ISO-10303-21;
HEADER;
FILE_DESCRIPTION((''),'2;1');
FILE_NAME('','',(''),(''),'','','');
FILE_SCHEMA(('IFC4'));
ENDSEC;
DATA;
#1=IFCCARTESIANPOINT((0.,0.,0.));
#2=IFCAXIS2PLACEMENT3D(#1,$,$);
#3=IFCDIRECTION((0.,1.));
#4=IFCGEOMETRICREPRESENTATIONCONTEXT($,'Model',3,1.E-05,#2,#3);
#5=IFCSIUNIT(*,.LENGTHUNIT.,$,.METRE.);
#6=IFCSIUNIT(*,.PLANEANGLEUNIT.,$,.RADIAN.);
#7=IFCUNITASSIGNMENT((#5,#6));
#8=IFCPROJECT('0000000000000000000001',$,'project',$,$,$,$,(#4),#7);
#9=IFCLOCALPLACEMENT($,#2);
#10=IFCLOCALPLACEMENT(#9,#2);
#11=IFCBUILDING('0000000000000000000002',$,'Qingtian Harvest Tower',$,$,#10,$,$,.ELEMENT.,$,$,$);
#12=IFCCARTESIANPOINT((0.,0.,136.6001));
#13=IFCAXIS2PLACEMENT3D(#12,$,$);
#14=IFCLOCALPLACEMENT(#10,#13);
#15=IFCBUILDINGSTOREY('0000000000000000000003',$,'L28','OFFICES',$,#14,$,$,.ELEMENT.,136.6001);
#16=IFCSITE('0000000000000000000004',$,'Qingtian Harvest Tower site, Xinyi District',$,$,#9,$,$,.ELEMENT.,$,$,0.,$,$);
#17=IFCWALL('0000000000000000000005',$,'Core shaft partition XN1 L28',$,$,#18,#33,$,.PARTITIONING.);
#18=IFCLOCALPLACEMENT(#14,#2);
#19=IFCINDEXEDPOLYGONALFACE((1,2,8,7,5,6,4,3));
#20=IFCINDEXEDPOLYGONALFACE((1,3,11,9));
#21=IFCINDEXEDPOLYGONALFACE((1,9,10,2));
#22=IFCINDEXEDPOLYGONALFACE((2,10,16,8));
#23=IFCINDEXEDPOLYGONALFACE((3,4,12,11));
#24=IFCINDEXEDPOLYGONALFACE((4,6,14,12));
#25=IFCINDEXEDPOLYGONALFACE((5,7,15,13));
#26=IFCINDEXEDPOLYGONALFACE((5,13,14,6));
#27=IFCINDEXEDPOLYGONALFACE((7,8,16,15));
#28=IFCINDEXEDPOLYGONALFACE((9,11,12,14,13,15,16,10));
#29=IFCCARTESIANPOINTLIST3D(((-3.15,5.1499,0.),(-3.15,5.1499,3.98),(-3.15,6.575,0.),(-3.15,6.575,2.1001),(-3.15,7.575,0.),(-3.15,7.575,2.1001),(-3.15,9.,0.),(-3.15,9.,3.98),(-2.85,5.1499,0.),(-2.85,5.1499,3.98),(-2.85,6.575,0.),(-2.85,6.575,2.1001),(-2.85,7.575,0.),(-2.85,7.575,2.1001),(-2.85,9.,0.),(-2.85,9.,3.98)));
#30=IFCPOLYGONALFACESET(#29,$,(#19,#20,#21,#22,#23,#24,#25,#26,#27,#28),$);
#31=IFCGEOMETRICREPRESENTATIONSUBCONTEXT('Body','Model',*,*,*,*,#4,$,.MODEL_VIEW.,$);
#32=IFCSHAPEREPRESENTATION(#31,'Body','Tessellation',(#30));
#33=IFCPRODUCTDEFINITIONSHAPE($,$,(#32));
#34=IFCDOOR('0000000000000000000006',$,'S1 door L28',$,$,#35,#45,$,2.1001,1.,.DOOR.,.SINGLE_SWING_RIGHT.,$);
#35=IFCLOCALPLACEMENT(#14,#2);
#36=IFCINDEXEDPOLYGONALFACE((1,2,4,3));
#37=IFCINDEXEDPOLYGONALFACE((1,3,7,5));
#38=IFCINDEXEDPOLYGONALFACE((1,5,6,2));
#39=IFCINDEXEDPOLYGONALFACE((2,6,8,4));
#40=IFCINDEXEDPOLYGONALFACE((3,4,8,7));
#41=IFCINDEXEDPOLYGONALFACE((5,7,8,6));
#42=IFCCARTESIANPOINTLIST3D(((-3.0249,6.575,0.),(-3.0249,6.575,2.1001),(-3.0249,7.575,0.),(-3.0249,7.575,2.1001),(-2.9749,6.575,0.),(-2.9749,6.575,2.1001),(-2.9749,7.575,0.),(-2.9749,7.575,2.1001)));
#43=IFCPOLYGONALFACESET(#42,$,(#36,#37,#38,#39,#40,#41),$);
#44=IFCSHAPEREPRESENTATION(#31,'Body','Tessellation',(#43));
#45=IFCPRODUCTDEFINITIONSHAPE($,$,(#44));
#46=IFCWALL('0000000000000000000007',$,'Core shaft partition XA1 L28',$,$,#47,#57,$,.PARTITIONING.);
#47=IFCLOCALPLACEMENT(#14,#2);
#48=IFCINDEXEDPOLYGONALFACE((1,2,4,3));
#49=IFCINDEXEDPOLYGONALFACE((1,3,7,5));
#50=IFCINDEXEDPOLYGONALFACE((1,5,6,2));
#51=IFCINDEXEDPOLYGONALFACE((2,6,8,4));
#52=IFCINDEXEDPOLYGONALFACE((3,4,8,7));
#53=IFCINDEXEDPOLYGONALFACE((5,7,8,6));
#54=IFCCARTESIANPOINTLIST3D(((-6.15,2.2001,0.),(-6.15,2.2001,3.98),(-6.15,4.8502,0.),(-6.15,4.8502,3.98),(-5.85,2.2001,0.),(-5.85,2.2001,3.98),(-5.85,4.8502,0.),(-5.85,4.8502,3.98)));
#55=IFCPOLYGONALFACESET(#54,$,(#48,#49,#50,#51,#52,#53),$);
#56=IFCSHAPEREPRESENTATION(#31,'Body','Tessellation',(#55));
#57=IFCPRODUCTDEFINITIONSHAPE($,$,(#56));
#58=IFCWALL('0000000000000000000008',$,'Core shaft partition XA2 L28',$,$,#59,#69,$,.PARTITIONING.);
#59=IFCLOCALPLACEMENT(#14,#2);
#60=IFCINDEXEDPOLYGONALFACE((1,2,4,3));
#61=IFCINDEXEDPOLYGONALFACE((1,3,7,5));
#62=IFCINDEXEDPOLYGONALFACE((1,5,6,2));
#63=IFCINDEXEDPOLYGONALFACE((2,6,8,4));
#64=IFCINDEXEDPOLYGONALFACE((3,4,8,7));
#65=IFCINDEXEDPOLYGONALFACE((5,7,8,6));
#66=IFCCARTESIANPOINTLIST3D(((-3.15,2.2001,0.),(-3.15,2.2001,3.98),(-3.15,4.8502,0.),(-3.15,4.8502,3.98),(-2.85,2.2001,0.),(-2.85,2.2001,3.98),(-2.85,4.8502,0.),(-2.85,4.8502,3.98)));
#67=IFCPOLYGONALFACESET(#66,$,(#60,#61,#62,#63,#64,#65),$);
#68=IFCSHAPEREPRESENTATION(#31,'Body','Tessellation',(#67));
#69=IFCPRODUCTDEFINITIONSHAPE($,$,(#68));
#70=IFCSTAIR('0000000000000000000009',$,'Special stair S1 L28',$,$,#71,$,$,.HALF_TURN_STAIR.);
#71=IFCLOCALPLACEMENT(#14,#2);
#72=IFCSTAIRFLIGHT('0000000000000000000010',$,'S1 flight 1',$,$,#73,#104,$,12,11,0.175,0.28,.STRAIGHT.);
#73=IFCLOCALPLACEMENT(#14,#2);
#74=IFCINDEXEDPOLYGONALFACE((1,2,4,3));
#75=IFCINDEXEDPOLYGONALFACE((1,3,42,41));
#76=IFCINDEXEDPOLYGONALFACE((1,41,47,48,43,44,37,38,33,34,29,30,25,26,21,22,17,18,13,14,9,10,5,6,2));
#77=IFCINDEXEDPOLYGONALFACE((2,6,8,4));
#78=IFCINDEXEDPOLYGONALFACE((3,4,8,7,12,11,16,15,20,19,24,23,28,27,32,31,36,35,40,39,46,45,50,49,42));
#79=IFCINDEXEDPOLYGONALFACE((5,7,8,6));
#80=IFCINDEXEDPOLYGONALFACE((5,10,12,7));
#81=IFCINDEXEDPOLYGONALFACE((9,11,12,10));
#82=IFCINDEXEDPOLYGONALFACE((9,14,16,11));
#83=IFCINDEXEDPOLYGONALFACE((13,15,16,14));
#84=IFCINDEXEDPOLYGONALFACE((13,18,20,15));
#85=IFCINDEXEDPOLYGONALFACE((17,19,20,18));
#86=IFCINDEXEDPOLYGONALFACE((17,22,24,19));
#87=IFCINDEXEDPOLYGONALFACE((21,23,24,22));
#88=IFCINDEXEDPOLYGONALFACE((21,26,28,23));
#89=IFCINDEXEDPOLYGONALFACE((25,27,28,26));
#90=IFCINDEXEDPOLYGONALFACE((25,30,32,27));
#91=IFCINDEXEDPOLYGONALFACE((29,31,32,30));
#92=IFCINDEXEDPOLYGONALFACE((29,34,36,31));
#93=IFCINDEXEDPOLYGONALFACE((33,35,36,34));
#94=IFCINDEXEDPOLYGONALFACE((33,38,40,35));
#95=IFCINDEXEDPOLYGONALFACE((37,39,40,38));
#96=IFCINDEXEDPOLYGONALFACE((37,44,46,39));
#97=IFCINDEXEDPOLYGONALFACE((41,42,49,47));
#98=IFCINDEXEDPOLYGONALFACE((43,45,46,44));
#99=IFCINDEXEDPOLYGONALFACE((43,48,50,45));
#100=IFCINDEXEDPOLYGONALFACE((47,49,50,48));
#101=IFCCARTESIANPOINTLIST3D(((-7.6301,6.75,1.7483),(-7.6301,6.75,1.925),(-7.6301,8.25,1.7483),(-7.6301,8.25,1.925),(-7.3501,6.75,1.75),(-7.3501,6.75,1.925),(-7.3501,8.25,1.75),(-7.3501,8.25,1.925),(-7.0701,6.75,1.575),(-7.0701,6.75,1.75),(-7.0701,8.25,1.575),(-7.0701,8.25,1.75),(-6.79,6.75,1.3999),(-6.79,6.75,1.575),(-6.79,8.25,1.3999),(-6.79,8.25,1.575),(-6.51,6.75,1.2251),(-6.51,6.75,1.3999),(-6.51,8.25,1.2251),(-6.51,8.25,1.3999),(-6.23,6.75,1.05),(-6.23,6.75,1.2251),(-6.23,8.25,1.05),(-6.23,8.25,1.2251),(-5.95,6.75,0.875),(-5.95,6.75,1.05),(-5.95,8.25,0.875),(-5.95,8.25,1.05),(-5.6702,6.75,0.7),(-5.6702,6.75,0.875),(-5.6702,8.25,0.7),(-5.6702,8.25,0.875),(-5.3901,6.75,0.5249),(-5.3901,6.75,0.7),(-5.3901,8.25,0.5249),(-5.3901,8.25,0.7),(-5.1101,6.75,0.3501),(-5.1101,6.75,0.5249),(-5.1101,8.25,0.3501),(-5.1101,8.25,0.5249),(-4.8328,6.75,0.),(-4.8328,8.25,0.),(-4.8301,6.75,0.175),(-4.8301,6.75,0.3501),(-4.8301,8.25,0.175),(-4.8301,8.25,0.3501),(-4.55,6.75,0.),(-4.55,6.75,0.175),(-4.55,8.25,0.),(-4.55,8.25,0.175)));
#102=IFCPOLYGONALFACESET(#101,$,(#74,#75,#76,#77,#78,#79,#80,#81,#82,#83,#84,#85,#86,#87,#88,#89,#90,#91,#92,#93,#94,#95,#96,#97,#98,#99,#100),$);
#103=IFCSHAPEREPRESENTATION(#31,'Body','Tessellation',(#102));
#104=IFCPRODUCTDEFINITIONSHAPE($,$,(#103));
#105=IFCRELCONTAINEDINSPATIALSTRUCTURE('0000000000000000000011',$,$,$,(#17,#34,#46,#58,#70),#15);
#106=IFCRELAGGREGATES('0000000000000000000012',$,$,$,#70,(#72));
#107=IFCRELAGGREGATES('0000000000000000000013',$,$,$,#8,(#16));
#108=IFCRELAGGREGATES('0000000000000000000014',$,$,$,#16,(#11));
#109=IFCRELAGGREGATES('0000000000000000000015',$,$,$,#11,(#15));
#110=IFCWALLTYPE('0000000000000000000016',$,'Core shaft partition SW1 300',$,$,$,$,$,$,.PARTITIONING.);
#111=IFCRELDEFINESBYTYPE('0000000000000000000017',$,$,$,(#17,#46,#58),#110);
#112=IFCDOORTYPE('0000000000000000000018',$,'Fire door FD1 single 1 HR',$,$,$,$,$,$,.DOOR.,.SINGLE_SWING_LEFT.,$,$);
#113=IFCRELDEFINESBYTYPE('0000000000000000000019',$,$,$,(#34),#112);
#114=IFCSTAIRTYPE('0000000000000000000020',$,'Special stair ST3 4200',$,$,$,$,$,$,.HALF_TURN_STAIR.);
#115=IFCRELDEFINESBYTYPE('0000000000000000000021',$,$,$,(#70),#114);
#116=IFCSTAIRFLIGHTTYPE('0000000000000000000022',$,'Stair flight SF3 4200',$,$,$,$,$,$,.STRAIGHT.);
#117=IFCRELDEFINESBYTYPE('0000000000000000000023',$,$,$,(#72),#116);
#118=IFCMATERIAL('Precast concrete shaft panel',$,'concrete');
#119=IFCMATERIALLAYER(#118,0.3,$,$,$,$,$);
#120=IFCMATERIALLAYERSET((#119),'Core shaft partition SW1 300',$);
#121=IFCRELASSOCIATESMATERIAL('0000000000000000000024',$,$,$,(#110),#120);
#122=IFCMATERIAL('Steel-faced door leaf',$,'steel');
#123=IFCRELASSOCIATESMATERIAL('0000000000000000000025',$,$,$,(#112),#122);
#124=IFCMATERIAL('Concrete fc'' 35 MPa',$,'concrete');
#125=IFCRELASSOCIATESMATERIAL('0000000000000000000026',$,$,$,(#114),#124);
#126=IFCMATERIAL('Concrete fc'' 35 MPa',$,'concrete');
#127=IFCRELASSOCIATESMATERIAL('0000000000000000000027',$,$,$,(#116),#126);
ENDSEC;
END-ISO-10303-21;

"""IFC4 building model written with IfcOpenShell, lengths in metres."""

from ifc_helpers import new_model, si_unit, direction, frame, frame_2d, origin, place, context, subcontext, project, spatial, polyline, rectangle, outline, extrude, material, layer, layer_set, type_object, element, fill, aggregate, save


model = new_model("IFC4")

# Units and contexts
model_context = context("Model", 3, precision=1e-05, world=origin(), true_north=direction((0.0, 1.0)))
body_context = subcontext(model_context, "Body", "Model", "MODEL_VIEW")
ifc_project = project(units=[si_unit("LENGTHUNIT", "METRE"), si_unit("PLANEANGLEUNIT", "RADIAN")], contexts=[model_context])

# Site, building, storey
site_placement = place(None, origin())
site = spatial("IfcSite", under=ifc_project, at=site_placement, Name="Qingtian Harvest Tower site, Xinyi District", CompositionType="ELEMENT", RefElevation=0.0)
building_placement = place(site_placement, origin())
building = spatial("IfcBuilding", under=site, at=building_placement, Name="Qingtian Harvest Tower", CompositionType="ELEMENT")
storey_placement = place(building_placement, frame((0.0, 0.0, 136.6001)))
storey = spatial("IfcBuildingStorey", under=building, at=storey_placement, Name="L28", Description="OFFICES", CompositionType="ELEMENT", Elevation=136.6001)

# Wall, opening, door
ifc_material_1 = material(Name="Precast concrete shaft panel", Category="concrete")
ifc_layer_1 = layer(ifc_material_1, 0.3)
ifc_layer_set_1 = layer_set([ifc_layer_1], Name="Core shaft partition SW1 300")
wall_type_1 = type_object("IfcWallType", Name="Core shaft partition SW1 300", PredefinedType="PARTITIONING", material=ifc_layer_set_1)
wall_1_placement = place(storey_placement, frame((-3.0, 5.1499, 0.0), z_axis=(0.0, 0.0, 1.0), x_axis=(0.0, 1.0, 0.0)))
wall_1 = element("IfcWall", 1, at=wall_1_placement, inside=storey, type_object=wall_type_1, Name="Core shaft partition XN1 L28", PredefinedType="PARTITIONING", context=body_context, shape_type="SweptSolid", body=[
    extrude(rectangle(XDim=3.8501, YDim=0.3, at=frame_2d((1.925, 0.0))), origin(), (0.0, 0.0, 1.0), 3.98),
])
opening_1_placement = place(wall_1_placement, frame((1.425, 0.0, 0.0)))
opening_1 = element("IfcOpeningElement", 2, at=opening_1_placement, cuts=wall_1, PredefinedType="OPENING", context=body_context, shape_type="SweptSolid", body=[
    extrude(rectangle(XDim=1.0, YDim=2.1001, at=frame_2d((0.5, 1.05))), frame((0.0, 0.1599, 0.0), z_axis=(0.0, -1.0, 0.0), x_axis=(1.0, 0.0, 0.0)), (0.0, 0.0, 1.0), 0.3201),
])
ifc_material_2 = material(Name="Steel-faced door leaf", Category="steel")
door_type_1 = type_object("IfcDoorType", Name="Fire door FD1 single 1 HR", OperationType="SINGLE_SWING_LEFT", PredefinedType="DOOR", material=ifc_material_2)
door_1_placement = place(opening_1_placement, origin())
door_1 = element("IfcDoor", 3, at=door_1_placement, inside=storey, type_object=door_type_1, Name="S1 door L28", OperationType="SINGLE_SWING_RIGHT", OverallHeight=2.1001, OverallWidth=1.0, PredefinedType="DOOR", context=body_context, shape_type="SweptSolid", body=[
    extrude(rectangle(XDim=1.0, YDim=2.1001, at=frame_2d((0.5, 1.05))), frame((0.0, 0.0249, 0.0), z_axis=(0.0, -1.0, 0.0), x_axis=(1.0, 0.0, 0.0)), (0.0, 0.0, 1.0), 0.05),
])
fill(opening_1, door_1)

# Walls
for number, where, z_axis, x_axis, name in (
    (4, (-6.0, 2.2, 0.0), (0.0, 0.0, 1.0), (0.0, 1.0, 0.0), "Core shaft partition XA1 L28"),
    (5, (-3.0, 2.2, 0.0), (0.0, 0.0, 1.0), (0.0, 1.0, 0.0), "Core shaft partition XA2 L28"),
):
    element("IfcWall", number, at=place(storey_placement, frame(where, z_axis=z_axis, x_axis=x_axis)), inside=storey, type_object=wall_type_1, Name=name, PredefinedType="PARTITIONING", context=body_context, shape_type="SweptSolid", body=[
        extrude(rectangle(XDim=2.6501, YDim=0.3, at=frame_2d((1.3252, 0.0))), origin(), (0.0, 0.0, 1.0), 3.98),
    ])

# Stair, stair flight
ifc_material_3 = material(Name="Concrete fc' 35 MPa", Category="concrete")
stair_type = type_object("IfcStairType", Name="Special stair ST3 4200", PredefinedType="HALF_TURN_STAIR", material=ifc_material_3)
stair_placement = place(storey_placement, origin())
stair = element("IfcStair", 6, at=stair_placement, inside=storey, type_object=stair_type, Name="Special stair S1 L28", PredefinedType="HALF_TURN_STAIR")
ifc_material_4 = material(Name="Concrete fc' 35 MPa", Category="concrete")
stair_flight_type = type_object("IfcStairFlightType", Name="Stair flight SF3 4200", PredefinedType="STRAIGHT", material=ifc_material_4)
stair_flight_placement = place(storey_placement, frame((-4.55, 7.5, 0.0), z_axis=(0.0, 0.0, 1.0), x_axis=(-1.0, 0.0, 0.0)))
stair_flight = element("IfcStairFlight", 7, at=stair_flight_placement, type_object=stair_flight_type, Name="S1 flight 1", NumberOfRisers=12, NumberOfTreads=11, PredefinedType="STRAIGHT", RiserHeight=0.175, TreadLength=0.28, context=body_context, shape_type="SweptSolid", body=[
    extrude(outline(polyline([(0.0, 0.0), (0.0, 0.175), (0.28, 0.175), (0.28, 0.3501), (0.5601, 0.3501), (0.5601, 0.5249), (0.8401, 0.5249), (0.8401, 0.7), (1.1201, 0.7), (1.1201, 0.875), (1.3999, 0.875), (1.3999, 1.05), (1.6799, 1.05), (1.6799, 1.2251), (1.96, 1.2251), (1.96, 1.3999), (2.24, 1.3999), (2.24, 1.575), (2.52, 1.575), (2.52, 1.75), (2.8, 1.75), (2.8, 1.925), (3.0801, 1.925), (3.0801, 2.1001), (3.0801, 1.7483), (0.2827, 0.0), (0.0, 0.0)])), frame((0.0, 0.75, 0.0), z_axis=(0.0, -1.0, 0.0), x_axis=(1.0, 0.0, 0.0)), (0.0, 0.0, 1.0), 1.5),
])
aggregate(stair, [stair_flight])

save(model, "model.ifc")
